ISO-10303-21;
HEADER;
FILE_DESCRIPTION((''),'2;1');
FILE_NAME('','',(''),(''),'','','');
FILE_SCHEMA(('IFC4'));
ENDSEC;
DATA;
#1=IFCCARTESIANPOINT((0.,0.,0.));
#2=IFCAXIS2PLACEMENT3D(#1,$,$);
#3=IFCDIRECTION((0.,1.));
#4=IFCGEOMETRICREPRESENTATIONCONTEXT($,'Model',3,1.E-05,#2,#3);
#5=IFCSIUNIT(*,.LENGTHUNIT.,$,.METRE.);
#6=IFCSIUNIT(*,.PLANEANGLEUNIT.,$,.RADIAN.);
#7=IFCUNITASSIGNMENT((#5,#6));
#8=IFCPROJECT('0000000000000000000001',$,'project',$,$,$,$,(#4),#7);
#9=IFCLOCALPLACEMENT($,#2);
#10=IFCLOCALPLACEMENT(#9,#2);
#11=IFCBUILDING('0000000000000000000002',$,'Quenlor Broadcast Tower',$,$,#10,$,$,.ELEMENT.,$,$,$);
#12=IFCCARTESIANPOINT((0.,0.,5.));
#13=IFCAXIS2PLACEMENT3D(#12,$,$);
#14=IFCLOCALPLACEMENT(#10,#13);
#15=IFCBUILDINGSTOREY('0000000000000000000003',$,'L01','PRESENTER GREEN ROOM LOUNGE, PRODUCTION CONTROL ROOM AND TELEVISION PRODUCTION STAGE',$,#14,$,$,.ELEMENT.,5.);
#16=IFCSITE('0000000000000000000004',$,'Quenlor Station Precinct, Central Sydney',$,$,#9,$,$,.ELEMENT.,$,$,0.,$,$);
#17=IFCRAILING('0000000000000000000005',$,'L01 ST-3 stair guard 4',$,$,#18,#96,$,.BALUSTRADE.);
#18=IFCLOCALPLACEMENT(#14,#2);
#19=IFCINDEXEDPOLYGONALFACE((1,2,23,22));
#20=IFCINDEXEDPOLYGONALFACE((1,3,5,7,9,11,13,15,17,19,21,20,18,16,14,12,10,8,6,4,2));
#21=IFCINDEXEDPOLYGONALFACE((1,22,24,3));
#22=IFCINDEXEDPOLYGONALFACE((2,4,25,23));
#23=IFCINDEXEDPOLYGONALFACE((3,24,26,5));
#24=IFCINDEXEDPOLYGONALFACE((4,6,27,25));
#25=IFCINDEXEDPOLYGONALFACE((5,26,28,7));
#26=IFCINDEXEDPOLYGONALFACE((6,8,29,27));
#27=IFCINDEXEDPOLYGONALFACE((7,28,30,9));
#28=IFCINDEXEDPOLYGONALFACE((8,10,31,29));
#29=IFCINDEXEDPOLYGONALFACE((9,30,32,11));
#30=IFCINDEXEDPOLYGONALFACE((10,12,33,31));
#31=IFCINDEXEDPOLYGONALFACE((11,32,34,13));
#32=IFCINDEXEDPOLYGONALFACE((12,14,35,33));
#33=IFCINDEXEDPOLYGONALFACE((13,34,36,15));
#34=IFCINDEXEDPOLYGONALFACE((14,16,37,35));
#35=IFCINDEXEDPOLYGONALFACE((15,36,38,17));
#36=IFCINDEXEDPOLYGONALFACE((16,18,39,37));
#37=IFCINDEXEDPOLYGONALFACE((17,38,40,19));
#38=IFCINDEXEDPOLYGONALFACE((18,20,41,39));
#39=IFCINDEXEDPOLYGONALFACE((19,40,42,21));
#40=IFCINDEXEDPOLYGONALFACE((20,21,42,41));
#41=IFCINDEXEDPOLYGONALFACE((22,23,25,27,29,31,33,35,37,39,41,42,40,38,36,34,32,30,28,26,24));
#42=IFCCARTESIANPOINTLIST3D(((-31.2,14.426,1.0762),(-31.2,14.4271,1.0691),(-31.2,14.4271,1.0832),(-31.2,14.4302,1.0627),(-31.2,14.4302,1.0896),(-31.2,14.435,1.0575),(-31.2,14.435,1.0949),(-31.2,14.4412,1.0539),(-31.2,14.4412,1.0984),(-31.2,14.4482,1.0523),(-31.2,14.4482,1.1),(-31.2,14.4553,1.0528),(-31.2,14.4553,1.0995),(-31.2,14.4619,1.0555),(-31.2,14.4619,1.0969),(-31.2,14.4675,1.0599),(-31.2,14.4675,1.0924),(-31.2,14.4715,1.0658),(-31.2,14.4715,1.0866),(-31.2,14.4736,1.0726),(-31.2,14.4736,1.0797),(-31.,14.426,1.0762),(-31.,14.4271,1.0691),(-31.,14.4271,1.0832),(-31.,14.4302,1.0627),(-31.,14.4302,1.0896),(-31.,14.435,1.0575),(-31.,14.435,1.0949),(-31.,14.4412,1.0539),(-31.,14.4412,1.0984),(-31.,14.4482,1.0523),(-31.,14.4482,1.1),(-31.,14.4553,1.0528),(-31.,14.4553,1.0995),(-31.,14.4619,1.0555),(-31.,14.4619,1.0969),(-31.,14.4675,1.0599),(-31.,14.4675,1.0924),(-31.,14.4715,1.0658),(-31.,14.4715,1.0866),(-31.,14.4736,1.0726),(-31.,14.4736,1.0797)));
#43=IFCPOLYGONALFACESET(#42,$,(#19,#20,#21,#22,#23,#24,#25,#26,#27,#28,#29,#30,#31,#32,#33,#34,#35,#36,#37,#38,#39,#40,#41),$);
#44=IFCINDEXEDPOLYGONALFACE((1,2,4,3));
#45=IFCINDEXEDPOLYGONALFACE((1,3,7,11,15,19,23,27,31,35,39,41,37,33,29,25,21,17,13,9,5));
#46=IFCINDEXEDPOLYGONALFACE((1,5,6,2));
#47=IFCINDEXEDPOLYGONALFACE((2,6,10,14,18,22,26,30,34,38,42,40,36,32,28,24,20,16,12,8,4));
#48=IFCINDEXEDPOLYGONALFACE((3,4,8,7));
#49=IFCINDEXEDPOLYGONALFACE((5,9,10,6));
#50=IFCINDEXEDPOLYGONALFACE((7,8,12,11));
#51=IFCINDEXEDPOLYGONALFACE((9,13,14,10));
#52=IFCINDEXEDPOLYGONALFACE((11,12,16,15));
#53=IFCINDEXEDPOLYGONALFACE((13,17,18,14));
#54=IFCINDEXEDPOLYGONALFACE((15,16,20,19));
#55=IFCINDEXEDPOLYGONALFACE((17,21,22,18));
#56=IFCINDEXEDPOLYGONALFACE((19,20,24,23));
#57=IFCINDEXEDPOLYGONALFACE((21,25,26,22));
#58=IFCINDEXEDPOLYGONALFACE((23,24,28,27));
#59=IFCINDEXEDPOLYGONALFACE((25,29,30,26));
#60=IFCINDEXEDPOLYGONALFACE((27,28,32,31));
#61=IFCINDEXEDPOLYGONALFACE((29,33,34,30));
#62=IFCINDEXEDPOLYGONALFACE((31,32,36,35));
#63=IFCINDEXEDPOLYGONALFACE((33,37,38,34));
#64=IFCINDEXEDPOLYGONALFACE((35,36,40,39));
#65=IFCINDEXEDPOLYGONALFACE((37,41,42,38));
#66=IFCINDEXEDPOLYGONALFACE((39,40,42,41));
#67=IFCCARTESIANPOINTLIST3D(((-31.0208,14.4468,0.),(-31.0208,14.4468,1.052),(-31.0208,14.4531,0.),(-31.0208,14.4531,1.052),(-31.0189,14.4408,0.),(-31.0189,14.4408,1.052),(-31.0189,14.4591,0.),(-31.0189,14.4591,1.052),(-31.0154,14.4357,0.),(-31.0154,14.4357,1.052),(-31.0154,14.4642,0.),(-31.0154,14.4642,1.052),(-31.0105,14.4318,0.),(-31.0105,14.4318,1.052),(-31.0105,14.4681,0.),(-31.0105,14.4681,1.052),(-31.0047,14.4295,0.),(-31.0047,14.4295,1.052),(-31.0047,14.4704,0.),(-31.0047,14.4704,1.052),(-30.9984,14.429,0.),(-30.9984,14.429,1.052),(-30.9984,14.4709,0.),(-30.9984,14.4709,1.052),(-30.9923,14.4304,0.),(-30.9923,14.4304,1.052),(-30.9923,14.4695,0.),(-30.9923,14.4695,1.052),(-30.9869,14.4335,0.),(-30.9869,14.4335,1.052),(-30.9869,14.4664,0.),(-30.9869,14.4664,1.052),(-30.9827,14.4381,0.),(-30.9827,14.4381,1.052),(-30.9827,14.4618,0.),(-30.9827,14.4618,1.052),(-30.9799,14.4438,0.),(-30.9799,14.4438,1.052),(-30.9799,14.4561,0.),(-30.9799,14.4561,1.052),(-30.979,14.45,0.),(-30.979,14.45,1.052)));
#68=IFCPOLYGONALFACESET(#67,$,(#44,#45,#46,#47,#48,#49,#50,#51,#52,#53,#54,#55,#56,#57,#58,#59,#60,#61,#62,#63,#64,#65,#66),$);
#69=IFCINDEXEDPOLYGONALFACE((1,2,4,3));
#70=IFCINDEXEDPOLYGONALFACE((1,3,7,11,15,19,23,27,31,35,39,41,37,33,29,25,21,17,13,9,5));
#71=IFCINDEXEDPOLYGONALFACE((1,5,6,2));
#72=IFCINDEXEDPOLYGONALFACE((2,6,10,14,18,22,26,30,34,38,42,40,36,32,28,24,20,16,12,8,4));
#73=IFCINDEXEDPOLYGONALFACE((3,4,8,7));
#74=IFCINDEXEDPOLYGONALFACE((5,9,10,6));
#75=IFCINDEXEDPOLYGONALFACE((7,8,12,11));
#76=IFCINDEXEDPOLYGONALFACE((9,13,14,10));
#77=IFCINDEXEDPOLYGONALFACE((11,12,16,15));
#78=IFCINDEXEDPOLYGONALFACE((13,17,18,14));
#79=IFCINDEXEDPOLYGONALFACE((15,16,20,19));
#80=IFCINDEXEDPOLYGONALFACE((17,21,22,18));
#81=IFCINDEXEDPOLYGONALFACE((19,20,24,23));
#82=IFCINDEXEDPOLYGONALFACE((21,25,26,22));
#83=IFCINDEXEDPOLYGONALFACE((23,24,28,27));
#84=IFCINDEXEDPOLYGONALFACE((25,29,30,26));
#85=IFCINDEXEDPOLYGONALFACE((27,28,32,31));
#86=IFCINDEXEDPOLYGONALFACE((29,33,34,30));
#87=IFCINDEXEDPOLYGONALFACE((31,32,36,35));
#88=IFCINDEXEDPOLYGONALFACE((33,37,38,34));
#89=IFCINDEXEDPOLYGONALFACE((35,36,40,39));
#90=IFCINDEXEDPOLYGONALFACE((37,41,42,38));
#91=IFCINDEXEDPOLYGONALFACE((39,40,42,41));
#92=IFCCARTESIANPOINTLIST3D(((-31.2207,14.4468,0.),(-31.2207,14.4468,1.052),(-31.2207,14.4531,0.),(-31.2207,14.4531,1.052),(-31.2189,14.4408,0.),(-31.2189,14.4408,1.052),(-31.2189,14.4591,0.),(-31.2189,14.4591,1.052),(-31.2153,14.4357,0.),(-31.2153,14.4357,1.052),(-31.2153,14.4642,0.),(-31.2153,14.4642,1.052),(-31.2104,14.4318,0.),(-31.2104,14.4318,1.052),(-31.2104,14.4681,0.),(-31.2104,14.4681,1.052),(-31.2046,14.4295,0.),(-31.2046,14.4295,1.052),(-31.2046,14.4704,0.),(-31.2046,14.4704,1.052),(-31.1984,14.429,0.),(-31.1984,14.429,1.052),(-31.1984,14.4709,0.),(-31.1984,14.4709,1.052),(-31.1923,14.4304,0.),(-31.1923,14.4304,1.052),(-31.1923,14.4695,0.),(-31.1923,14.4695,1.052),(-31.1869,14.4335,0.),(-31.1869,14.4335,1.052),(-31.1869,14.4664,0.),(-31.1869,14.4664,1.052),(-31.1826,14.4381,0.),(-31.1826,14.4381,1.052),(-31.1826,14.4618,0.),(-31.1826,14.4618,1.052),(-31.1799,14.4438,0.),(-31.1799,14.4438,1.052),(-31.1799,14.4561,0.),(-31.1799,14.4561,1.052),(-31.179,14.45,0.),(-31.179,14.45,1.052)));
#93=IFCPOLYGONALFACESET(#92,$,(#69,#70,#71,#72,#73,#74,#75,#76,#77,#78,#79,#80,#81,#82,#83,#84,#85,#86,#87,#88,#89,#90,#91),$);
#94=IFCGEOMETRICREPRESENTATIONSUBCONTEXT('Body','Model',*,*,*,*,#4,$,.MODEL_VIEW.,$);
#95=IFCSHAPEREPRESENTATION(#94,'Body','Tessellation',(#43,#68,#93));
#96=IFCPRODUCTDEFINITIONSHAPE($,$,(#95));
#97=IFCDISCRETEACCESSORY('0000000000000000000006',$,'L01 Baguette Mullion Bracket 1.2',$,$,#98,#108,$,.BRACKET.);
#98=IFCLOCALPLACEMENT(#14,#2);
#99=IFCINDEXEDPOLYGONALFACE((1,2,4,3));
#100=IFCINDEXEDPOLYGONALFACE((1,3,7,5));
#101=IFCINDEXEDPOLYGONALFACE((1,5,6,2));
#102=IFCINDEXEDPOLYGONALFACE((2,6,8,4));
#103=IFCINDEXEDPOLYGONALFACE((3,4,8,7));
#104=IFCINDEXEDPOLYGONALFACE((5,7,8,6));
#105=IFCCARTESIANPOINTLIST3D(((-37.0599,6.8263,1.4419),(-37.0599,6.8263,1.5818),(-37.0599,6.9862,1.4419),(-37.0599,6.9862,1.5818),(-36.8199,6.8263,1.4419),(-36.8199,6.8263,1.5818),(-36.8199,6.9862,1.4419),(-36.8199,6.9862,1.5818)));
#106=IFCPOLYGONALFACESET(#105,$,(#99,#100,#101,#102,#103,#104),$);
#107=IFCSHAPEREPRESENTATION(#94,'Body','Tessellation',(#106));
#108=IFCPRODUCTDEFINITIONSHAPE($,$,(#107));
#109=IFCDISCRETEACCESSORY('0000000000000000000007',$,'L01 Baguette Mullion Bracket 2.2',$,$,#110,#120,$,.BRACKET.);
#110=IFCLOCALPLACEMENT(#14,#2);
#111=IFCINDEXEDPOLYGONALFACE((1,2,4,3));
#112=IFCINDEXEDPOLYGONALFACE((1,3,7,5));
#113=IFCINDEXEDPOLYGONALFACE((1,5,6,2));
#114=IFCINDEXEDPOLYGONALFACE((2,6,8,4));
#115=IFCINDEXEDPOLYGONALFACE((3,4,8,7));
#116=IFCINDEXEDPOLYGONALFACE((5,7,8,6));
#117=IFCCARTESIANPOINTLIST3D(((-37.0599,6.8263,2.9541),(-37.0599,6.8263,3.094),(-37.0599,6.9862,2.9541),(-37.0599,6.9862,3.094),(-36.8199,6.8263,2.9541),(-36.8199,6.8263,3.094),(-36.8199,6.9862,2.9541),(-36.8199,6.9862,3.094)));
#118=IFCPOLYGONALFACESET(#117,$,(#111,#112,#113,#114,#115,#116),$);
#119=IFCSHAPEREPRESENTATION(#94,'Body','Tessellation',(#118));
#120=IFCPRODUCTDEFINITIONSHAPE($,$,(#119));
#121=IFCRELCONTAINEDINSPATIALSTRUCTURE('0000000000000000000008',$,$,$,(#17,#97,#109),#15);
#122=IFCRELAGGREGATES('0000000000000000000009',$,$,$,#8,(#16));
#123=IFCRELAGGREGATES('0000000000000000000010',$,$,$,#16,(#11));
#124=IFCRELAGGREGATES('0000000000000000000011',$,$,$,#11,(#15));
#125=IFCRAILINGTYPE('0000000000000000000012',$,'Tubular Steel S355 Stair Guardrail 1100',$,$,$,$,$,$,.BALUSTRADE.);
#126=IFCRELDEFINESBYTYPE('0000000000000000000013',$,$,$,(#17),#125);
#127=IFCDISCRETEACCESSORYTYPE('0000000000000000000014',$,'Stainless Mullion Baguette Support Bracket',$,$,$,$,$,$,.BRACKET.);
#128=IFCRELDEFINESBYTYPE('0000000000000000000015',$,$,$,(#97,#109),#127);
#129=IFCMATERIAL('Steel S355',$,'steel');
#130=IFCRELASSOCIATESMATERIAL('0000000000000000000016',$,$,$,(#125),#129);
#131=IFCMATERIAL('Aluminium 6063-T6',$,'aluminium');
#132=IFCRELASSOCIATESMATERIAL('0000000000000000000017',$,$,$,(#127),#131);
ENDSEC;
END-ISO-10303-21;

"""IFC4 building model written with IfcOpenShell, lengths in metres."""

from ifc_helpers import new_model, si_unit, direction, frame, origin, origin_2d, place, context, subcontext, project, spatial, rectangle, circle, extrude, material, type_object, element, save


model = new_model("IFC4")

# Units and contexts
model_context = context("Model", 3, precision=1e-05, world=origin(), true_north=direction((0.0, 1.0)))
body_context = subcontext(model_context, "Body", "Model", "MODEL_VIEW")
ifc_project = project(units=[si_unit("LENGTHUNIT", "METRE"), si_unit("PLANEANGLEUNIT", "RADIAN")], contexts=[model_context])

# Site, building, storey
site_placement = place(None, origin())
site = spatial("IfcSite", under=ifc_project, at=site_placement, Name="Quenlor Station Precinct, Central Sydney", CompositionType="ELEMENT", RefElevation=0.0)
building_placement = place(site_placement, origin())
building = spatial("IfcBuilding", under=site, at=building_placement, Name="Quenlor Broadcast Tower", CompositionType="ELEMENT")
storey_placement = place(building_placement, frame((0.0, 0.0, 5.0)))
storey = spatial("IfcBuildingStorey", under=building, at=storey_placement, Name="L01", Description="PRESENTER GREEN ROOM LOUNGE, PRODUCTION CONTROL ROOM AND TELEVISION PRODUCTION STAGE", CompositionType="ELEMENT", Elevation=5.0)

# Railing
ifc_material_1 = material(Name="Steel S355", Category="steel")
railing_type_1 = type_object("IfcRailingType", Name="Tubular Steel S355 Stair Guardrail 1100", PredefinedType="BALUSTRADE", material=ifc_material_1)
railing_1_placement = place(storey_placement, frame((-31.0, 14.45, 0.0)))
element("IfcRailing", 1, at=railing_1_placement, inside=storey, type_object=railing_type_1, Name="L01 ST-3 stair guard 4", PredefinedType="BALUSTRADE", context=body_context, shape_type="SweptSolid", body=[
    extrude(circle(Radius=0.0239, at=origin_2d()), frame((0.0, 0.0, 1.0762), z_axis=(-1.0, 0.0, 0.0), x_axis=(0.0, -1.0, 0.0)), (0.0, 0.0, 1.0), 0.2),
    extrude(circle(Radius=0.021, at=origin_2d()), origin(), (0.0, 0.0, 1.0), 1.052),
    extrude(circle(Radius=0.021, at=origin_2d()), frame((-0.2, 0.0, 0.0)), (0.0, 0.0, 1.0), 1.052),
])

# Discrete accessories
ifc_material_2 = material(Name="Aluminium 6063-T6", Category="aluminium")
discrete_accessory_type = type_object("IfcDiscreteAccessoryType", Name="Stainless Mullion Baguette Support Bracket", PredefinedType="BRACKET", material=ifc_material_2)
for number, where, z_axis, x_axis, name in (
    (2, (-36.9399, 6.9062, 1.4419), (0.0, 0.0, 1.0), (0.0, 1.0, 0.0), "L01 Baguette Mullion Bracket 1.2"),
    (3, (-36.9399, 6.9062, 2.9541), (0.0, 0.0, 1.0), (0.0, 1.0, 0.0), "L01 Baguette Mullion Bracket 2.2"),
):
    element("IfcDiscreteAccessory", number, at=place(storey_placement, frame(where, z_axis=z_axis, x_axis=x_axis)), inside=storey, type_object=discrete_accessory_type, Name=name, PredefinedType="BRACKET", context=body_context, shape_type="SweptSolid", body=[
        extrude(rectangle(XDim=0.1599, YDim=0.24, at=origin_2d()), origin(), (0.0, 0.0, 1.0), 0.1399),
    ])

save(model, "model.ifc")
